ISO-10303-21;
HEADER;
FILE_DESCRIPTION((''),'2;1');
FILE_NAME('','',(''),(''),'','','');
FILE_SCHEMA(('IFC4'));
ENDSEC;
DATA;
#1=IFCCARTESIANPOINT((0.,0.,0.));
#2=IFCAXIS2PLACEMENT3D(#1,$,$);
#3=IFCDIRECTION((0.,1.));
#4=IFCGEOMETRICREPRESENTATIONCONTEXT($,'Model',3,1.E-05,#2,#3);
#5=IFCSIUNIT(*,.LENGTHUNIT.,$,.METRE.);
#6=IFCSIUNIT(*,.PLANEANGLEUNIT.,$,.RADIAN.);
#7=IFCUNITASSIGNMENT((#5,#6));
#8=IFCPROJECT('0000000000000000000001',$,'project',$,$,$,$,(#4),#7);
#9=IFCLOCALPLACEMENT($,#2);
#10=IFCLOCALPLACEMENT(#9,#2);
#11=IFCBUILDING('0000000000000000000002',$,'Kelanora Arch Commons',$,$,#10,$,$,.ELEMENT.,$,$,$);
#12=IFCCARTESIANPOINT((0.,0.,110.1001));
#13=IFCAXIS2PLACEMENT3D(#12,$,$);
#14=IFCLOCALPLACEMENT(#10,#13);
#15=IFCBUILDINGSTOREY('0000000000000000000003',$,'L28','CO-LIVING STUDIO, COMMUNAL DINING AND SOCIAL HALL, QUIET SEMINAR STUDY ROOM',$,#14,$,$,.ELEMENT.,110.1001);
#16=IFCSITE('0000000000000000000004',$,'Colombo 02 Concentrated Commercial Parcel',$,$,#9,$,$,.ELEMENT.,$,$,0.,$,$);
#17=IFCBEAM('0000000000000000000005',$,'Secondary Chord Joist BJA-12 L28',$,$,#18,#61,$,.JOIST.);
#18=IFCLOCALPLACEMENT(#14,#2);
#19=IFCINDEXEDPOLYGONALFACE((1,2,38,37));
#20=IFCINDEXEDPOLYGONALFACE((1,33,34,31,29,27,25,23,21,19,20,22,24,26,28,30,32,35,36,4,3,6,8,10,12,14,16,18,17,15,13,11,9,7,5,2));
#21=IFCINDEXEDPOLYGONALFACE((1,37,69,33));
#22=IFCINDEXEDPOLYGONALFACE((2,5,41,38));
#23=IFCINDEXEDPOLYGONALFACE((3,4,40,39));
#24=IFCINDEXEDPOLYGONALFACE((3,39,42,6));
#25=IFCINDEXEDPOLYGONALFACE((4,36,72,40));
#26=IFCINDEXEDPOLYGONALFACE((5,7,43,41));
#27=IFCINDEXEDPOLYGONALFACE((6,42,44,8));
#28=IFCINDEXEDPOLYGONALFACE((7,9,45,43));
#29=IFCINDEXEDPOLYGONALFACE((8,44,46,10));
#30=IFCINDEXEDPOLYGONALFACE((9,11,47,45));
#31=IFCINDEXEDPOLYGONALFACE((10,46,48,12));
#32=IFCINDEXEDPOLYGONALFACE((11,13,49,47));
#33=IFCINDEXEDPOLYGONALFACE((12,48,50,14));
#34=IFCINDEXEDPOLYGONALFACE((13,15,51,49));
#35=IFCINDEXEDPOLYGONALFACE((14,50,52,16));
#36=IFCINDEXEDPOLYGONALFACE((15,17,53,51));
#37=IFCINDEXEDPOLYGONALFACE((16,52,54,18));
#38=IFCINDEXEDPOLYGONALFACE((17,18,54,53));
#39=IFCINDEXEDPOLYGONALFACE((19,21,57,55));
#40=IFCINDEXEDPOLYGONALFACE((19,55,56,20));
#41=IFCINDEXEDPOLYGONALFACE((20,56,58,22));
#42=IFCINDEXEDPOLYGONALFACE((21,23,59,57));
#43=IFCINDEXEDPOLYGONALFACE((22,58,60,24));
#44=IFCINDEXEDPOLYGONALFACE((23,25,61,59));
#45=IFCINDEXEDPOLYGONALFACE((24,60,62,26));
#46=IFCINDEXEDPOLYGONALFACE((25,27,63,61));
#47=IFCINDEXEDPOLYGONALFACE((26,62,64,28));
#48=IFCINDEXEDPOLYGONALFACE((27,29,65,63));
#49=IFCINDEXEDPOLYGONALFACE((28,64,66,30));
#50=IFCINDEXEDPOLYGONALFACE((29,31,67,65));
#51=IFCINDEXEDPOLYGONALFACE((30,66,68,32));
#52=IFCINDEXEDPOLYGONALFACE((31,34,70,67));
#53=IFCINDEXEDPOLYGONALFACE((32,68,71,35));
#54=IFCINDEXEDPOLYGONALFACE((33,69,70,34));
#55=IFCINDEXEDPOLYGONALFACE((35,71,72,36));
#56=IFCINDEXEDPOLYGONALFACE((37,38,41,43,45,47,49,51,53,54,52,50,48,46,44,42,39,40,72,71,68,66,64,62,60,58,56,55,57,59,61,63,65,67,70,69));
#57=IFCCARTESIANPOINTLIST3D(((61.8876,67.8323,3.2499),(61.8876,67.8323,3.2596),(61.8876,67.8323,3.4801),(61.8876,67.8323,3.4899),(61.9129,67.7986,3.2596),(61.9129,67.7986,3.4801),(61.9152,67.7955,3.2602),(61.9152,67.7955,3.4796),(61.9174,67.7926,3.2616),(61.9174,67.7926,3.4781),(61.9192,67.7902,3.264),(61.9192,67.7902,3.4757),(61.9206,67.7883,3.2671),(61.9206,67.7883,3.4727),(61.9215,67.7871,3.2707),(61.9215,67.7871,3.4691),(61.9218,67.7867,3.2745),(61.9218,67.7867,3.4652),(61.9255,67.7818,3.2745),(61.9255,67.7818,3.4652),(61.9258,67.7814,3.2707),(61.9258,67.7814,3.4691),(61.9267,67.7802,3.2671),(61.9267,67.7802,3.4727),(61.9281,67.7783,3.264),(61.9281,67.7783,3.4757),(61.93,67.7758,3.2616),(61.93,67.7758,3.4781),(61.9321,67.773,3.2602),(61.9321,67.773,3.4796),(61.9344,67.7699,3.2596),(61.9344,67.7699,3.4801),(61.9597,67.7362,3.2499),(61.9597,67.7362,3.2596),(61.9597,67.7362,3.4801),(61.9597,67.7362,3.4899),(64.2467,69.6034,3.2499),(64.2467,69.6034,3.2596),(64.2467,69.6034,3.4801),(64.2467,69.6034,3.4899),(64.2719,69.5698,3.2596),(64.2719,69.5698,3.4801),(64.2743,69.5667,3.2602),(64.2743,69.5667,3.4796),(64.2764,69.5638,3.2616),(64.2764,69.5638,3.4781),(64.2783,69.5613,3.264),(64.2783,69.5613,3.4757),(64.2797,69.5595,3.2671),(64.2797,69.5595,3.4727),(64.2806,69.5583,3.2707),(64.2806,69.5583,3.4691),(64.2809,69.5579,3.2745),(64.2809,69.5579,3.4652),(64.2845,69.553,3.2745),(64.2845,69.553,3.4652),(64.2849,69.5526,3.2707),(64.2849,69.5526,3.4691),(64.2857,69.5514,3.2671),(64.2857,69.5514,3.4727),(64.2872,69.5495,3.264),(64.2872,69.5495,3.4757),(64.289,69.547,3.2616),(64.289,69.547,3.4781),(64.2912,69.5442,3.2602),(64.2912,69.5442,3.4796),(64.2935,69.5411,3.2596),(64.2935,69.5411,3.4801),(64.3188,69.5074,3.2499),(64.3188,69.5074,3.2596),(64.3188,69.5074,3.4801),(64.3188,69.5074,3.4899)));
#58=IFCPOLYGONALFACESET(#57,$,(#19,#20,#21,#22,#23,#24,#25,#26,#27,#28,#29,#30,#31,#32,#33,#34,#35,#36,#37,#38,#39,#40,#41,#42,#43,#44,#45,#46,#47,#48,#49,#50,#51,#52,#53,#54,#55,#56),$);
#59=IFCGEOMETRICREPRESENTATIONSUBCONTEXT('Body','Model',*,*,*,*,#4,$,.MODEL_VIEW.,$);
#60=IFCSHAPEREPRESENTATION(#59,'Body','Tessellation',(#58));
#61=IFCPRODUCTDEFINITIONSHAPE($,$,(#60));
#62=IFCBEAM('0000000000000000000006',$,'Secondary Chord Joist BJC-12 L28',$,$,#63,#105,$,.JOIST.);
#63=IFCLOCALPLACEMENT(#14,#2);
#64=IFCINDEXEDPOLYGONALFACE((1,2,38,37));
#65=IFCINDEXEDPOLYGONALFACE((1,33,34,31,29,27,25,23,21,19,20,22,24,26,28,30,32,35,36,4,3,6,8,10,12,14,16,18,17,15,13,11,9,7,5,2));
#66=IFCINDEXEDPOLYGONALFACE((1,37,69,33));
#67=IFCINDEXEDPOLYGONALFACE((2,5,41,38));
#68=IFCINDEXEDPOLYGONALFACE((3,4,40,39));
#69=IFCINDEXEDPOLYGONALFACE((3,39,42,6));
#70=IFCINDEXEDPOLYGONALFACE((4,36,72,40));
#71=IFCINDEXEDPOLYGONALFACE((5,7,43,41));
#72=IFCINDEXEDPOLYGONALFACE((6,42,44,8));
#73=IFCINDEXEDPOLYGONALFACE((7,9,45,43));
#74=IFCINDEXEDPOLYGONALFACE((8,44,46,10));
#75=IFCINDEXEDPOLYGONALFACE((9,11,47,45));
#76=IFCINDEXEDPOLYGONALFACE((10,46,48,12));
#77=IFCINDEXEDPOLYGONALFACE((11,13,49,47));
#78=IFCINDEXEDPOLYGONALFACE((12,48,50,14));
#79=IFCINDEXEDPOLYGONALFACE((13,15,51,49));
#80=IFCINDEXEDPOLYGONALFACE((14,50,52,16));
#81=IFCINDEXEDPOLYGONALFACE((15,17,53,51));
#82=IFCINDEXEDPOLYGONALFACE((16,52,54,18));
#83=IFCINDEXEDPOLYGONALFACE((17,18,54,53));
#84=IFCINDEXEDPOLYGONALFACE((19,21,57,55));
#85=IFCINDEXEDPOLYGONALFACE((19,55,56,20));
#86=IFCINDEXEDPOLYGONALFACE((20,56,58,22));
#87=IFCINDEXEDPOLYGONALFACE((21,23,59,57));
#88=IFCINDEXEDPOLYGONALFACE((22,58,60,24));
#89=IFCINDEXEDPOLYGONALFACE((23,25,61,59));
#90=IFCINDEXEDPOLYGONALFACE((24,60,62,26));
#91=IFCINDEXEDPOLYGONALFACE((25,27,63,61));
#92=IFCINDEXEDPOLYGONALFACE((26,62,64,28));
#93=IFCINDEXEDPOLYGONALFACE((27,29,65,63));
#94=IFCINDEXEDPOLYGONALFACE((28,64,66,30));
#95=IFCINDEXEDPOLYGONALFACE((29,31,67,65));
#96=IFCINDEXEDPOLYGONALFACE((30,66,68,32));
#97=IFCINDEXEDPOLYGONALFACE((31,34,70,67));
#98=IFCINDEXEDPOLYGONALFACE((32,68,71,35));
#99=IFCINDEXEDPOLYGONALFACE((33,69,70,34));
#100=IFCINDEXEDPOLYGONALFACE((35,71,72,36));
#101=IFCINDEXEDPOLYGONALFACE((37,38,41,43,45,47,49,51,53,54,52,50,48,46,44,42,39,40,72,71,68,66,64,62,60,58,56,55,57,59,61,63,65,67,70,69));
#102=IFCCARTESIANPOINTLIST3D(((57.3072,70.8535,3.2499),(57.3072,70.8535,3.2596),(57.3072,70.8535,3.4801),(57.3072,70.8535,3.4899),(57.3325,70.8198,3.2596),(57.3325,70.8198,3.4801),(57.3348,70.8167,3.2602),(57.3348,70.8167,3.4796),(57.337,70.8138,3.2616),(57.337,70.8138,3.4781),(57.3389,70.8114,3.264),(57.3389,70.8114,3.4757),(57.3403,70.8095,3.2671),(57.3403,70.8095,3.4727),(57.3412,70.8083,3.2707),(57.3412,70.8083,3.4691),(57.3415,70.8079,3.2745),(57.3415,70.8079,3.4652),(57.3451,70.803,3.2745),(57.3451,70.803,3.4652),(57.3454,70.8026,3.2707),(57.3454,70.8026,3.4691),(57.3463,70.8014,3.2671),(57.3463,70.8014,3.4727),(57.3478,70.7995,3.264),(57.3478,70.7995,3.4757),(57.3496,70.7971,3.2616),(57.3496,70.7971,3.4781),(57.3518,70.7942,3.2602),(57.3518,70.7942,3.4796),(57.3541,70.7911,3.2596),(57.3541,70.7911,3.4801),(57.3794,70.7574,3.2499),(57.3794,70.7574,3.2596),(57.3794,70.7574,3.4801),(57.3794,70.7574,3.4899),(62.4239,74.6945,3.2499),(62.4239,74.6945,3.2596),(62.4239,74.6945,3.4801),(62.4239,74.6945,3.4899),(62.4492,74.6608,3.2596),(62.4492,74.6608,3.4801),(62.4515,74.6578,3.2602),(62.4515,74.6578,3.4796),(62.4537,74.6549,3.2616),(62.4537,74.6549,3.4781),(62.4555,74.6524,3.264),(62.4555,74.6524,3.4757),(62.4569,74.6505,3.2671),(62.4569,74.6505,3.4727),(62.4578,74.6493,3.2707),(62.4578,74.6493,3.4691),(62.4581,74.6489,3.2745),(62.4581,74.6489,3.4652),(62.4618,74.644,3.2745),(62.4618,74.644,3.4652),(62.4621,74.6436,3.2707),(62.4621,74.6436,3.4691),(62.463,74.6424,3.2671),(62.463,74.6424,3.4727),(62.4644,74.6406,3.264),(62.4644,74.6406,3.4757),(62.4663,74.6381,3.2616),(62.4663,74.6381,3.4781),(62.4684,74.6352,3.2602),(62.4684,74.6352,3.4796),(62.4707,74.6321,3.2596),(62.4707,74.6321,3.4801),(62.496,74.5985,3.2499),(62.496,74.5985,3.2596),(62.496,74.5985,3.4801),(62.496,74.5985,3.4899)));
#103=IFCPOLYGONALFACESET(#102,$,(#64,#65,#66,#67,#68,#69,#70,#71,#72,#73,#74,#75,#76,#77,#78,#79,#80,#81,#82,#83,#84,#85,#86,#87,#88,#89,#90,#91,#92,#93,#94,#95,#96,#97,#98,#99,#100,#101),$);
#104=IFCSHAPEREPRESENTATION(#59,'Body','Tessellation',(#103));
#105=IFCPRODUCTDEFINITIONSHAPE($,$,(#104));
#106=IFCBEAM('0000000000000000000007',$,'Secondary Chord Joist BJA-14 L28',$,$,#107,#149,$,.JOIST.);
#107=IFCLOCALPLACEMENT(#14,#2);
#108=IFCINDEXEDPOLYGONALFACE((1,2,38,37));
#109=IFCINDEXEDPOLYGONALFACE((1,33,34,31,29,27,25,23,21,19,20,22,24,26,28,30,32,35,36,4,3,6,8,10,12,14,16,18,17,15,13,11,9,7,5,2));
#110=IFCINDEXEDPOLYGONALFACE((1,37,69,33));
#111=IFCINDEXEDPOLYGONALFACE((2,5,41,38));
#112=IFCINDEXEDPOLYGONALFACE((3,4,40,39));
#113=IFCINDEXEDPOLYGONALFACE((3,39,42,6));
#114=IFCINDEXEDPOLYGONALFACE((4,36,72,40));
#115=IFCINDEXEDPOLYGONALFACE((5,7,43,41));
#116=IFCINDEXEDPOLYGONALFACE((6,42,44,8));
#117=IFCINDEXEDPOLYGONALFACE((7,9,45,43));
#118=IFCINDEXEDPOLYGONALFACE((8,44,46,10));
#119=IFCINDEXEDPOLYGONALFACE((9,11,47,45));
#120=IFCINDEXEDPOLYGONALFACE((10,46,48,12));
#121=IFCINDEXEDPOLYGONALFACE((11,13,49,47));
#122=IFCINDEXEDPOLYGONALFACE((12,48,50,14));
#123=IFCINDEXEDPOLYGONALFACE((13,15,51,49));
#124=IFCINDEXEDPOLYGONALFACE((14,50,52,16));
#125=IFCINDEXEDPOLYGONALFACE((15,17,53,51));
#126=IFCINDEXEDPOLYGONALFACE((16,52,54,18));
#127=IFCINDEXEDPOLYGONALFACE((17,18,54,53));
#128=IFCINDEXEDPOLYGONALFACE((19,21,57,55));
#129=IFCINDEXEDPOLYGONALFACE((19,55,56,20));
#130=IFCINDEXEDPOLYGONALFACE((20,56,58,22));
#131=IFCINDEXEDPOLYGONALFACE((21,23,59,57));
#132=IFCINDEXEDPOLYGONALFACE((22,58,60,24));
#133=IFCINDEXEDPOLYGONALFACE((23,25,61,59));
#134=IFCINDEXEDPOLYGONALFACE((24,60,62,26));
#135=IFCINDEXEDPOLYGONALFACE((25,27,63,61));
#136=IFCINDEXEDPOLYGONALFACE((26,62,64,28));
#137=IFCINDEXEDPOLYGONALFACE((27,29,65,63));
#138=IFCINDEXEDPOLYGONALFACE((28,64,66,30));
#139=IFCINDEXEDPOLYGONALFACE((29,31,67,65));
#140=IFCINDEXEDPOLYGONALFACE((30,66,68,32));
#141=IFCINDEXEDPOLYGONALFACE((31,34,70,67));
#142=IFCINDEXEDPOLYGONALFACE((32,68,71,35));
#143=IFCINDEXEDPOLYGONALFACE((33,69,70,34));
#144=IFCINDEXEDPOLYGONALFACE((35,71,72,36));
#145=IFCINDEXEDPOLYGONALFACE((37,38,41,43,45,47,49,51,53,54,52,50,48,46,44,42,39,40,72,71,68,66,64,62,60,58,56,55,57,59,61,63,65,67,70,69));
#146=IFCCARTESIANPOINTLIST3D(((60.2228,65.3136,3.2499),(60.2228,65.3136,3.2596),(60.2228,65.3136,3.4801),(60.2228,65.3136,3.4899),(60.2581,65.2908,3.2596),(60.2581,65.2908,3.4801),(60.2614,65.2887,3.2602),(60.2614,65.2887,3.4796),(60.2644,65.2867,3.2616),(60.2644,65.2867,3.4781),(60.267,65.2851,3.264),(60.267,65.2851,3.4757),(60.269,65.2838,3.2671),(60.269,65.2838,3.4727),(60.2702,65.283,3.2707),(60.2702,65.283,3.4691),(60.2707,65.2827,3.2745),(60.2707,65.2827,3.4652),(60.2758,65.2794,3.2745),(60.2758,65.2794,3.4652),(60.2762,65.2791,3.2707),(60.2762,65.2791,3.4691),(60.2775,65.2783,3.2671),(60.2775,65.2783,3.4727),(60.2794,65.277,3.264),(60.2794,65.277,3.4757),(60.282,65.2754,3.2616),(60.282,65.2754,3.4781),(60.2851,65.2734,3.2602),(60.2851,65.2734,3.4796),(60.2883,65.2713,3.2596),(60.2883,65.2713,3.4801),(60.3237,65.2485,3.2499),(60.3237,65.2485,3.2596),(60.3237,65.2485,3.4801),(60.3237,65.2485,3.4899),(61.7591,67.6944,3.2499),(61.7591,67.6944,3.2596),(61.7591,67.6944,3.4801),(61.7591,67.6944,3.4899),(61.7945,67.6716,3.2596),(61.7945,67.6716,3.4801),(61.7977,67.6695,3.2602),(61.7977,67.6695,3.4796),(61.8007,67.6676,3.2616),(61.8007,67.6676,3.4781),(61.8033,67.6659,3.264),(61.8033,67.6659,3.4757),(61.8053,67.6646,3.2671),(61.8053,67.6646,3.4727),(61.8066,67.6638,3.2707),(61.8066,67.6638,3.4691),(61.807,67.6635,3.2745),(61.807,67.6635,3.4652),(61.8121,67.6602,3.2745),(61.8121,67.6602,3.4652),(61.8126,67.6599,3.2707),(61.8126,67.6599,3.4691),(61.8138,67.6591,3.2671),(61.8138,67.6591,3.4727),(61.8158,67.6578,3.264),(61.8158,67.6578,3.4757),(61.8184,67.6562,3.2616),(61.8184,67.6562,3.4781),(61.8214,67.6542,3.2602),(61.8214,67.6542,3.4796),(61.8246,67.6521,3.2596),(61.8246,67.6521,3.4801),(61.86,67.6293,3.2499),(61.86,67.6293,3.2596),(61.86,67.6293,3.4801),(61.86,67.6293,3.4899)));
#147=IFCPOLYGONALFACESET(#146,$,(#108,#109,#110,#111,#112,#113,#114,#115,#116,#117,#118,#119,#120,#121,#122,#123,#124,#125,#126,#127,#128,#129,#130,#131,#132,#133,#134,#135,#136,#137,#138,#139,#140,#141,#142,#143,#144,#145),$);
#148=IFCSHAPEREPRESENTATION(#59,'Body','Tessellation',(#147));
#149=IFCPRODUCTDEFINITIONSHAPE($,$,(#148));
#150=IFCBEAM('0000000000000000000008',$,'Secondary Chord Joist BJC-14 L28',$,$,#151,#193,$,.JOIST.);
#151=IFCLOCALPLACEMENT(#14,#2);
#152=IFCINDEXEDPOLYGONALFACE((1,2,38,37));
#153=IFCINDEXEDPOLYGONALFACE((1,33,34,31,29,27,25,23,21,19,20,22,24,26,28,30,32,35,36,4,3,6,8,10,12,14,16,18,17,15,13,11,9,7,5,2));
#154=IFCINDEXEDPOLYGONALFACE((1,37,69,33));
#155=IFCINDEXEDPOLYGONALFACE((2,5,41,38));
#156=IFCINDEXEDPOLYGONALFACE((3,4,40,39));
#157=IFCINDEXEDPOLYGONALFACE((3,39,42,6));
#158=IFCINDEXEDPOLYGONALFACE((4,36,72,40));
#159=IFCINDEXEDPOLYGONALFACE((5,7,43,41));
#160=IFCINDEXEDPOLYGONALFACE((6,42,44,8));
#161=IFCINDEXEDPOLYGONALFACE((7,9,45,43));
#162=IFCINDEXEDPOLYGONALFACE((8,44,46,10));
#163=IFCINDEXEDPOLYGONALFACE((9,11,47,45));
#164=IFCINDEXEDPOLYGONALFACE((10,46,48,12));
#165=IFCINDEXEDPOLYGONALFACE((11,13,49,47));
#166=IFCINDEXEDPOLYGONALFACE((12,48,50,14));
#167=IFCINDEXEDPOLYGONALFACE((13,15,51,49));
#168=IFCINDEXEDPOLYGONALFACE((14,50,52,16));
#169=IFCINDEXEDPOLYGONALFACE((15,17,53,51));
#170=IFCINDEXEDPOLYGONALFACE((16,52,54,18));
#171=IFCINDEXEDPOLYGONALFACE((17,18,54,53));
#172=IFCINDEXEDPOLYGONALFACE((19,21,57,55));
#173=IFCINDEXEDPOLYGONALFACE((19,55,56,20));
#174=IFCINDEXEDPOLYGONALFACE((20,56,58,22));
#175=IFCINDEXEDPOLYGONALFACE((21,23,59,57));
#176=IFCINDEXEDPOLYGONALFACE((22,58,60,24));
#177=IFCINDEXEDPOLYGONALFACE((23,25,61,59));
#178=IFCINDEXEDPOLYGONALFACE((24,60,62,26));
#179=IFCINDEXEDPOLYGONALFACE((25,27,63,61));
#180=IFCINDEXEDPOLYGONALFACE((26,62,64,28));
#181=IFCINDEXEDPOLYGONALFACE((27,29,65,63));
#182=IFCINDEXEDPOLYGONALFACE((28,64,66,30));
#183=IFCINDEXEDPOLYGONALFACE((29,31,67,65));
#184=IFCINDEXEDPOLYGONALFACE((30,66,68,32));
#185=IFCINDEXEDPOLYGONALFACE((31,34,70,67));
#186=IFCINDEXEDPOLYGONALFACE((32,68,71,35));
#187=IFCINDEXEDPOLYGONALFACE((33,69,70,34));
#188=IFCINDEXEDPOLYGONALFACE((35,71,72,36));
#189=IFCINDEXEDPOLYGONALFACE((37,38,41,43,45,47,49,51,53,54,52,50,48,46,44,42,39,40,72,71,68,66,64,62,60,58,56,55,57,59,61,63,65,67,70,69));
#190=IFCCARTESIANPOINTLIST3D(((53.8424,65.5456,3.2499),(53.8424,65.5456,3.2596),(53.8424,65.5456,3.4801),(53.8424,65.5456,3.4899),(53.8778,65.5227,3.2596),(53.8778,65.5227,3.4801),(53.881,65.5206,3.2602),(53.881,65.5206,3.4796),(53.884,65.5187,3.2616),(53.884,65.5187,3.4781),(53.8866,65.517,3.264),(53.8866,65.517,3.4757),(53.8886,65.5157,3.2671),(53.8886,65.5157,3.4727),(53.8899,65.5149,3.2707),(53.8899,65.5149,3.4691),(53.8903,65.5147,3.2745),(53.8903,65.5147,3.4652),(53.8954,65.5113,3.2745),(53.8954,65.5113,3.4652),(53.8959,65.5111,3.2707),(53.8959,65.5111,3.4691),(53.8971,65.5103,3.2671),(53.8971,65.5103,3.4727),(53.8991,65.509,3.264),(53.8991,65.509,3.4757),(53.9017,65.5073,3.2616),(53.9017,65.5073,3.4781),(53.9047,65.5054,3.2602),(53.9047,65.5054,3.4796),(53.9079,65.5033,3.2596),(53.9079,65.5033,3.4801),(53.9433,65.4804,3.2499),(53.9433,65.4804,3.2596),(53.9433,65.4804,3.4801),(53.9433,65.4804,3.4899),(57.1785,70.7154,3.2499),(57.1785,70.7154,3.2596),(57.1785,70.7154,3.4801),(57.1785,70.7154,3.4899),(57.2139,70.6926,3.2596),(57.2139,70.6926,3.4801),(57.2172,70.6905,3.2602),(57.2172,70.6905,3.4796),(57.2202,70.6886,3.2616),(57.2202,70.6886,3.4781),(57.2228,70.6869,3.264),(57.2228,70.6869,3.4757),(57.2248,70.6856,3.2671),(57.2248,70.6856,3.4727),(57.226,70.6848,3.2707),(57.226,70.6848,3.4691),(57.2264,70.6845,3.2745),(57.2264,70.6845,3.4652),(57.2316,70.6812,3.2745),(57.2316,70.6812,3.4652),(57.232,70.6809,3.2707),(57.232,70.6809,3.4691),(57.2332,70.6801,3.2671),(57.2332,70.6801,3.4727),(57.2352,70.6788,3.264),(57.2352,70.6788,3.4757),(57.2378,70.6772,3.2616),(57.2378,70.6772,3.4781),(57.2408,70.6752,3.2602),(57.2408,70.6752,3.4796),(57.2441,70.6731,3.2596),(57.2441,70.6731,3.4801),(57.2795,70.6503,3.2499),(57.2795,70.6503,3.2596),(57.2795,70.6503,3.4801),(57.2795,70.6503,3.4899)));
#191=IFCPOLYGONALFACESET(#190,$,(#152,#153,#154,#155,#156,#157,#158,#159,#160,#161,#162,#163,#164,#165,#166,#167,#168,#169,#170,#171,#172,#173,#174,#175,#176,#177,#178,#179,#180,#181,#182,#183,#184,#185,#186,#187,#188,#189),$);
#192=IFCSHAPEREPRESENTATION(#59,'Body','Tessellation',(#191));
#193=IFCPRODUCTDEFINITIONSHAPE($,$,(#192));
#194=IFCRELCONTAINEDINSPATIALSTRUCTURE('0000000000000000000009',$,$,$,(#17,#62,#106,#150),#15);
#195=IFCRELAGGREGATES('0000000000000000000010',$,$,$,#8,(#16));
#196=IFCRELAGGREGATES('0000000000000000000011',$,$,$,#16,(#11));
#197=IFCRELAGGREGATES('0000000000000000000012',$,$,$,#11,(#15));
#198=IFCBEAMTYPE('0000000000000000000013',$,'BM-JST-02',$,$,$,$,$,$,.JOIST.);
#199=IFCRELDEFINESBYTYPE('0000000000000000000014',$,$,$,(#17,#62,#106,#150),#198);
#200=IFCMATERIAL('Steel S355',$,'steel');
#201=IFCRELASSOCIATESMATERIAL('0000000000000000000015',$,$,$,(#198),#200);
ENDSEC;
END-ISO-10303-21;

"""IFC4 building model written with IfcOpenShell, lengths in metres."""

from ifc_helpers import new_model, si_unit, direction, frame, origin, origin_2d, place, context, subcontext, project, spatial, i_section, extrude, material, material_profile, profile_set, type_object, element, save


model = new_model("IFC4")

# Units and contexts
model_context = context("Model", 3, precision=1e-05, world=origin(), true_north=direction((0.0, 1.0)))
body_context = subcontext(model_context, "Body", "Model", "MODEL_VIEW")
ifc_project = project(units=[si_unit("LENGTHUNIT", "METRE"), si_unit("PLANEANGLEUNIT", "RADIAN")], contexts=[model_context])

# Site, building, storey
site_placement = place(None, origin())
site = spatial("IfcSite", under=ifc_project, at=site_placement, Name="Colombo 02 Concentrated Commercial Parcel", CompositionType="ELEMENT", RefElevation=0.0)
building_placement = place(site_placement, origin())
building = spatial("IfcBuilding", under=site, at=building_placement, Name="Kelanora Arch Commons", CompositionType="ELEMENT")
storey_placement = place(building_placement, frame((0.0, 0.0, 110.1001)))
storey = spatial("IfcBuildingStorey", under=building, at=storey_placement, Name="L28", Description="CO-LIVING STUDIO, COMMUNAL DINING AND SOCIAL HALL, QUIET SEMINAR STUDY ROOM", CompositionType="ELEMENT", Elevation=110.1001)

# Beams
ifc_material_1 = material(Name="Steel S355", Category="steel")
ifc_material_profile_1 = material_profile(ifc_material_1, i_section(OverallWidth=0.1201, OverallDepth=0.24, WebThickness=0.0061, FlangeThickness=0.0098, FilletRadius=0.0149, at=origin_2d()), Name="IPE240")
ifc_profile_set_1 = profile_set([ifc_material_profile_1], Name="Steel S355")
beam_type_1 = type_object("IfcBeamType", Name="BM-JST-02", PredefinedType="JOIST", material=ifc_profile_set_1)
beam_1_placement = place(storey_placement, frame((64.2827, 69.5554, 3.3699), z_axis=(-0.799692, -0.60041, 0.0), x_axis=(0.60041, -0.799692, 0.0)))
element("IfcBeam", 1, at=beam_1_placement, inside=storey, type_object=beam_type_1, Name="Secondary Chord Joist BJA-12 L28", PredefinedType="JOIST", context=body_context, shape_type="SweptSolid", body=[
    extrude(i_section(OverallWidth=0.1201, OverallDepth=0.24, WebThickness=0.0061, FlangeThickness=0.0098, FilletRadius=0.0149, at=origin_2d()), origin(), (0.0, 0.0, 1.0), 2.95),
])
beam_2_placement = place(storey_placement, frame((62.46, 74.6465, 3.3699), z_axis=(-0.799734, -0.600354, 0.0), x_axis=(0.600354, -0.799734, 0.0)))
element("IfcBeam", 2, at=beam_2_placement, inside=storey, type_object=beam_type_1, Name="Secondary Chord Joist BJC-12 L28", PredefinedType="JOIST", context=body_context, shape_type="SweptSolid", body=[
    extrude(i_section(OverallWidth=0.1201, OverallDepth=0.24, WebThickness=0.0061, FlangeThickness=0.0098, FilletRadius=0.0149, at=origin_2d()), origin(), (0.0, 0.0, 1.0), 6.3979),
])
beam_3_placement = place(storey_placement, frame((61.8096, 67.6619, 3.3699), z_axis=(-0.542211, -0.840242, 0.0), x_axis=(0.840242, -0.542211, 0.0)))
element("IfcBeam", 3, at=beam_3_placement, inside=storey, type_object=beam_type_1, Name="Secondary Chord Joist BJA-14 L28", PredefinedType="JOIST", context=body_context, shape_type="SweptSolid", body=[
    extrude(i_section(OverallWidth=0.1201, OverallDepth=0.24, WebThickness=0.0061, FlangeThickness=0.0098, FilletRadius=0.0149, at=origin_2d()), origin(), (0.0, 0.0, 1.0), 2.8335),
])
beam_4_placement = place(storey_placement, frame((57.229, 70.6829, 3.3699), z_axis=(-0.542213, -0.840241, 0.0), x_axis=(0.840241, -0.542213, 0.0)))
element("IfcBeam", 4, at=beam_4_placement, inside=storey, type_object=beam_type_1, Name="Secondary Chord Joist BJC-14 L28", PredefinedType="JOIST", context=body_context, shape_type="SweptSolid", body=[
    extrude(i_section(OverallWidth=0.1201, OverallDepth=0.24, WebThickness=0.0061, FlangeThickness=0.0098, FilletRadius=0.0149, at=origin_2d()), origin(), (0.0, 0.0, 1.0), 6.1528),
])

save(model, "model.ifc")
